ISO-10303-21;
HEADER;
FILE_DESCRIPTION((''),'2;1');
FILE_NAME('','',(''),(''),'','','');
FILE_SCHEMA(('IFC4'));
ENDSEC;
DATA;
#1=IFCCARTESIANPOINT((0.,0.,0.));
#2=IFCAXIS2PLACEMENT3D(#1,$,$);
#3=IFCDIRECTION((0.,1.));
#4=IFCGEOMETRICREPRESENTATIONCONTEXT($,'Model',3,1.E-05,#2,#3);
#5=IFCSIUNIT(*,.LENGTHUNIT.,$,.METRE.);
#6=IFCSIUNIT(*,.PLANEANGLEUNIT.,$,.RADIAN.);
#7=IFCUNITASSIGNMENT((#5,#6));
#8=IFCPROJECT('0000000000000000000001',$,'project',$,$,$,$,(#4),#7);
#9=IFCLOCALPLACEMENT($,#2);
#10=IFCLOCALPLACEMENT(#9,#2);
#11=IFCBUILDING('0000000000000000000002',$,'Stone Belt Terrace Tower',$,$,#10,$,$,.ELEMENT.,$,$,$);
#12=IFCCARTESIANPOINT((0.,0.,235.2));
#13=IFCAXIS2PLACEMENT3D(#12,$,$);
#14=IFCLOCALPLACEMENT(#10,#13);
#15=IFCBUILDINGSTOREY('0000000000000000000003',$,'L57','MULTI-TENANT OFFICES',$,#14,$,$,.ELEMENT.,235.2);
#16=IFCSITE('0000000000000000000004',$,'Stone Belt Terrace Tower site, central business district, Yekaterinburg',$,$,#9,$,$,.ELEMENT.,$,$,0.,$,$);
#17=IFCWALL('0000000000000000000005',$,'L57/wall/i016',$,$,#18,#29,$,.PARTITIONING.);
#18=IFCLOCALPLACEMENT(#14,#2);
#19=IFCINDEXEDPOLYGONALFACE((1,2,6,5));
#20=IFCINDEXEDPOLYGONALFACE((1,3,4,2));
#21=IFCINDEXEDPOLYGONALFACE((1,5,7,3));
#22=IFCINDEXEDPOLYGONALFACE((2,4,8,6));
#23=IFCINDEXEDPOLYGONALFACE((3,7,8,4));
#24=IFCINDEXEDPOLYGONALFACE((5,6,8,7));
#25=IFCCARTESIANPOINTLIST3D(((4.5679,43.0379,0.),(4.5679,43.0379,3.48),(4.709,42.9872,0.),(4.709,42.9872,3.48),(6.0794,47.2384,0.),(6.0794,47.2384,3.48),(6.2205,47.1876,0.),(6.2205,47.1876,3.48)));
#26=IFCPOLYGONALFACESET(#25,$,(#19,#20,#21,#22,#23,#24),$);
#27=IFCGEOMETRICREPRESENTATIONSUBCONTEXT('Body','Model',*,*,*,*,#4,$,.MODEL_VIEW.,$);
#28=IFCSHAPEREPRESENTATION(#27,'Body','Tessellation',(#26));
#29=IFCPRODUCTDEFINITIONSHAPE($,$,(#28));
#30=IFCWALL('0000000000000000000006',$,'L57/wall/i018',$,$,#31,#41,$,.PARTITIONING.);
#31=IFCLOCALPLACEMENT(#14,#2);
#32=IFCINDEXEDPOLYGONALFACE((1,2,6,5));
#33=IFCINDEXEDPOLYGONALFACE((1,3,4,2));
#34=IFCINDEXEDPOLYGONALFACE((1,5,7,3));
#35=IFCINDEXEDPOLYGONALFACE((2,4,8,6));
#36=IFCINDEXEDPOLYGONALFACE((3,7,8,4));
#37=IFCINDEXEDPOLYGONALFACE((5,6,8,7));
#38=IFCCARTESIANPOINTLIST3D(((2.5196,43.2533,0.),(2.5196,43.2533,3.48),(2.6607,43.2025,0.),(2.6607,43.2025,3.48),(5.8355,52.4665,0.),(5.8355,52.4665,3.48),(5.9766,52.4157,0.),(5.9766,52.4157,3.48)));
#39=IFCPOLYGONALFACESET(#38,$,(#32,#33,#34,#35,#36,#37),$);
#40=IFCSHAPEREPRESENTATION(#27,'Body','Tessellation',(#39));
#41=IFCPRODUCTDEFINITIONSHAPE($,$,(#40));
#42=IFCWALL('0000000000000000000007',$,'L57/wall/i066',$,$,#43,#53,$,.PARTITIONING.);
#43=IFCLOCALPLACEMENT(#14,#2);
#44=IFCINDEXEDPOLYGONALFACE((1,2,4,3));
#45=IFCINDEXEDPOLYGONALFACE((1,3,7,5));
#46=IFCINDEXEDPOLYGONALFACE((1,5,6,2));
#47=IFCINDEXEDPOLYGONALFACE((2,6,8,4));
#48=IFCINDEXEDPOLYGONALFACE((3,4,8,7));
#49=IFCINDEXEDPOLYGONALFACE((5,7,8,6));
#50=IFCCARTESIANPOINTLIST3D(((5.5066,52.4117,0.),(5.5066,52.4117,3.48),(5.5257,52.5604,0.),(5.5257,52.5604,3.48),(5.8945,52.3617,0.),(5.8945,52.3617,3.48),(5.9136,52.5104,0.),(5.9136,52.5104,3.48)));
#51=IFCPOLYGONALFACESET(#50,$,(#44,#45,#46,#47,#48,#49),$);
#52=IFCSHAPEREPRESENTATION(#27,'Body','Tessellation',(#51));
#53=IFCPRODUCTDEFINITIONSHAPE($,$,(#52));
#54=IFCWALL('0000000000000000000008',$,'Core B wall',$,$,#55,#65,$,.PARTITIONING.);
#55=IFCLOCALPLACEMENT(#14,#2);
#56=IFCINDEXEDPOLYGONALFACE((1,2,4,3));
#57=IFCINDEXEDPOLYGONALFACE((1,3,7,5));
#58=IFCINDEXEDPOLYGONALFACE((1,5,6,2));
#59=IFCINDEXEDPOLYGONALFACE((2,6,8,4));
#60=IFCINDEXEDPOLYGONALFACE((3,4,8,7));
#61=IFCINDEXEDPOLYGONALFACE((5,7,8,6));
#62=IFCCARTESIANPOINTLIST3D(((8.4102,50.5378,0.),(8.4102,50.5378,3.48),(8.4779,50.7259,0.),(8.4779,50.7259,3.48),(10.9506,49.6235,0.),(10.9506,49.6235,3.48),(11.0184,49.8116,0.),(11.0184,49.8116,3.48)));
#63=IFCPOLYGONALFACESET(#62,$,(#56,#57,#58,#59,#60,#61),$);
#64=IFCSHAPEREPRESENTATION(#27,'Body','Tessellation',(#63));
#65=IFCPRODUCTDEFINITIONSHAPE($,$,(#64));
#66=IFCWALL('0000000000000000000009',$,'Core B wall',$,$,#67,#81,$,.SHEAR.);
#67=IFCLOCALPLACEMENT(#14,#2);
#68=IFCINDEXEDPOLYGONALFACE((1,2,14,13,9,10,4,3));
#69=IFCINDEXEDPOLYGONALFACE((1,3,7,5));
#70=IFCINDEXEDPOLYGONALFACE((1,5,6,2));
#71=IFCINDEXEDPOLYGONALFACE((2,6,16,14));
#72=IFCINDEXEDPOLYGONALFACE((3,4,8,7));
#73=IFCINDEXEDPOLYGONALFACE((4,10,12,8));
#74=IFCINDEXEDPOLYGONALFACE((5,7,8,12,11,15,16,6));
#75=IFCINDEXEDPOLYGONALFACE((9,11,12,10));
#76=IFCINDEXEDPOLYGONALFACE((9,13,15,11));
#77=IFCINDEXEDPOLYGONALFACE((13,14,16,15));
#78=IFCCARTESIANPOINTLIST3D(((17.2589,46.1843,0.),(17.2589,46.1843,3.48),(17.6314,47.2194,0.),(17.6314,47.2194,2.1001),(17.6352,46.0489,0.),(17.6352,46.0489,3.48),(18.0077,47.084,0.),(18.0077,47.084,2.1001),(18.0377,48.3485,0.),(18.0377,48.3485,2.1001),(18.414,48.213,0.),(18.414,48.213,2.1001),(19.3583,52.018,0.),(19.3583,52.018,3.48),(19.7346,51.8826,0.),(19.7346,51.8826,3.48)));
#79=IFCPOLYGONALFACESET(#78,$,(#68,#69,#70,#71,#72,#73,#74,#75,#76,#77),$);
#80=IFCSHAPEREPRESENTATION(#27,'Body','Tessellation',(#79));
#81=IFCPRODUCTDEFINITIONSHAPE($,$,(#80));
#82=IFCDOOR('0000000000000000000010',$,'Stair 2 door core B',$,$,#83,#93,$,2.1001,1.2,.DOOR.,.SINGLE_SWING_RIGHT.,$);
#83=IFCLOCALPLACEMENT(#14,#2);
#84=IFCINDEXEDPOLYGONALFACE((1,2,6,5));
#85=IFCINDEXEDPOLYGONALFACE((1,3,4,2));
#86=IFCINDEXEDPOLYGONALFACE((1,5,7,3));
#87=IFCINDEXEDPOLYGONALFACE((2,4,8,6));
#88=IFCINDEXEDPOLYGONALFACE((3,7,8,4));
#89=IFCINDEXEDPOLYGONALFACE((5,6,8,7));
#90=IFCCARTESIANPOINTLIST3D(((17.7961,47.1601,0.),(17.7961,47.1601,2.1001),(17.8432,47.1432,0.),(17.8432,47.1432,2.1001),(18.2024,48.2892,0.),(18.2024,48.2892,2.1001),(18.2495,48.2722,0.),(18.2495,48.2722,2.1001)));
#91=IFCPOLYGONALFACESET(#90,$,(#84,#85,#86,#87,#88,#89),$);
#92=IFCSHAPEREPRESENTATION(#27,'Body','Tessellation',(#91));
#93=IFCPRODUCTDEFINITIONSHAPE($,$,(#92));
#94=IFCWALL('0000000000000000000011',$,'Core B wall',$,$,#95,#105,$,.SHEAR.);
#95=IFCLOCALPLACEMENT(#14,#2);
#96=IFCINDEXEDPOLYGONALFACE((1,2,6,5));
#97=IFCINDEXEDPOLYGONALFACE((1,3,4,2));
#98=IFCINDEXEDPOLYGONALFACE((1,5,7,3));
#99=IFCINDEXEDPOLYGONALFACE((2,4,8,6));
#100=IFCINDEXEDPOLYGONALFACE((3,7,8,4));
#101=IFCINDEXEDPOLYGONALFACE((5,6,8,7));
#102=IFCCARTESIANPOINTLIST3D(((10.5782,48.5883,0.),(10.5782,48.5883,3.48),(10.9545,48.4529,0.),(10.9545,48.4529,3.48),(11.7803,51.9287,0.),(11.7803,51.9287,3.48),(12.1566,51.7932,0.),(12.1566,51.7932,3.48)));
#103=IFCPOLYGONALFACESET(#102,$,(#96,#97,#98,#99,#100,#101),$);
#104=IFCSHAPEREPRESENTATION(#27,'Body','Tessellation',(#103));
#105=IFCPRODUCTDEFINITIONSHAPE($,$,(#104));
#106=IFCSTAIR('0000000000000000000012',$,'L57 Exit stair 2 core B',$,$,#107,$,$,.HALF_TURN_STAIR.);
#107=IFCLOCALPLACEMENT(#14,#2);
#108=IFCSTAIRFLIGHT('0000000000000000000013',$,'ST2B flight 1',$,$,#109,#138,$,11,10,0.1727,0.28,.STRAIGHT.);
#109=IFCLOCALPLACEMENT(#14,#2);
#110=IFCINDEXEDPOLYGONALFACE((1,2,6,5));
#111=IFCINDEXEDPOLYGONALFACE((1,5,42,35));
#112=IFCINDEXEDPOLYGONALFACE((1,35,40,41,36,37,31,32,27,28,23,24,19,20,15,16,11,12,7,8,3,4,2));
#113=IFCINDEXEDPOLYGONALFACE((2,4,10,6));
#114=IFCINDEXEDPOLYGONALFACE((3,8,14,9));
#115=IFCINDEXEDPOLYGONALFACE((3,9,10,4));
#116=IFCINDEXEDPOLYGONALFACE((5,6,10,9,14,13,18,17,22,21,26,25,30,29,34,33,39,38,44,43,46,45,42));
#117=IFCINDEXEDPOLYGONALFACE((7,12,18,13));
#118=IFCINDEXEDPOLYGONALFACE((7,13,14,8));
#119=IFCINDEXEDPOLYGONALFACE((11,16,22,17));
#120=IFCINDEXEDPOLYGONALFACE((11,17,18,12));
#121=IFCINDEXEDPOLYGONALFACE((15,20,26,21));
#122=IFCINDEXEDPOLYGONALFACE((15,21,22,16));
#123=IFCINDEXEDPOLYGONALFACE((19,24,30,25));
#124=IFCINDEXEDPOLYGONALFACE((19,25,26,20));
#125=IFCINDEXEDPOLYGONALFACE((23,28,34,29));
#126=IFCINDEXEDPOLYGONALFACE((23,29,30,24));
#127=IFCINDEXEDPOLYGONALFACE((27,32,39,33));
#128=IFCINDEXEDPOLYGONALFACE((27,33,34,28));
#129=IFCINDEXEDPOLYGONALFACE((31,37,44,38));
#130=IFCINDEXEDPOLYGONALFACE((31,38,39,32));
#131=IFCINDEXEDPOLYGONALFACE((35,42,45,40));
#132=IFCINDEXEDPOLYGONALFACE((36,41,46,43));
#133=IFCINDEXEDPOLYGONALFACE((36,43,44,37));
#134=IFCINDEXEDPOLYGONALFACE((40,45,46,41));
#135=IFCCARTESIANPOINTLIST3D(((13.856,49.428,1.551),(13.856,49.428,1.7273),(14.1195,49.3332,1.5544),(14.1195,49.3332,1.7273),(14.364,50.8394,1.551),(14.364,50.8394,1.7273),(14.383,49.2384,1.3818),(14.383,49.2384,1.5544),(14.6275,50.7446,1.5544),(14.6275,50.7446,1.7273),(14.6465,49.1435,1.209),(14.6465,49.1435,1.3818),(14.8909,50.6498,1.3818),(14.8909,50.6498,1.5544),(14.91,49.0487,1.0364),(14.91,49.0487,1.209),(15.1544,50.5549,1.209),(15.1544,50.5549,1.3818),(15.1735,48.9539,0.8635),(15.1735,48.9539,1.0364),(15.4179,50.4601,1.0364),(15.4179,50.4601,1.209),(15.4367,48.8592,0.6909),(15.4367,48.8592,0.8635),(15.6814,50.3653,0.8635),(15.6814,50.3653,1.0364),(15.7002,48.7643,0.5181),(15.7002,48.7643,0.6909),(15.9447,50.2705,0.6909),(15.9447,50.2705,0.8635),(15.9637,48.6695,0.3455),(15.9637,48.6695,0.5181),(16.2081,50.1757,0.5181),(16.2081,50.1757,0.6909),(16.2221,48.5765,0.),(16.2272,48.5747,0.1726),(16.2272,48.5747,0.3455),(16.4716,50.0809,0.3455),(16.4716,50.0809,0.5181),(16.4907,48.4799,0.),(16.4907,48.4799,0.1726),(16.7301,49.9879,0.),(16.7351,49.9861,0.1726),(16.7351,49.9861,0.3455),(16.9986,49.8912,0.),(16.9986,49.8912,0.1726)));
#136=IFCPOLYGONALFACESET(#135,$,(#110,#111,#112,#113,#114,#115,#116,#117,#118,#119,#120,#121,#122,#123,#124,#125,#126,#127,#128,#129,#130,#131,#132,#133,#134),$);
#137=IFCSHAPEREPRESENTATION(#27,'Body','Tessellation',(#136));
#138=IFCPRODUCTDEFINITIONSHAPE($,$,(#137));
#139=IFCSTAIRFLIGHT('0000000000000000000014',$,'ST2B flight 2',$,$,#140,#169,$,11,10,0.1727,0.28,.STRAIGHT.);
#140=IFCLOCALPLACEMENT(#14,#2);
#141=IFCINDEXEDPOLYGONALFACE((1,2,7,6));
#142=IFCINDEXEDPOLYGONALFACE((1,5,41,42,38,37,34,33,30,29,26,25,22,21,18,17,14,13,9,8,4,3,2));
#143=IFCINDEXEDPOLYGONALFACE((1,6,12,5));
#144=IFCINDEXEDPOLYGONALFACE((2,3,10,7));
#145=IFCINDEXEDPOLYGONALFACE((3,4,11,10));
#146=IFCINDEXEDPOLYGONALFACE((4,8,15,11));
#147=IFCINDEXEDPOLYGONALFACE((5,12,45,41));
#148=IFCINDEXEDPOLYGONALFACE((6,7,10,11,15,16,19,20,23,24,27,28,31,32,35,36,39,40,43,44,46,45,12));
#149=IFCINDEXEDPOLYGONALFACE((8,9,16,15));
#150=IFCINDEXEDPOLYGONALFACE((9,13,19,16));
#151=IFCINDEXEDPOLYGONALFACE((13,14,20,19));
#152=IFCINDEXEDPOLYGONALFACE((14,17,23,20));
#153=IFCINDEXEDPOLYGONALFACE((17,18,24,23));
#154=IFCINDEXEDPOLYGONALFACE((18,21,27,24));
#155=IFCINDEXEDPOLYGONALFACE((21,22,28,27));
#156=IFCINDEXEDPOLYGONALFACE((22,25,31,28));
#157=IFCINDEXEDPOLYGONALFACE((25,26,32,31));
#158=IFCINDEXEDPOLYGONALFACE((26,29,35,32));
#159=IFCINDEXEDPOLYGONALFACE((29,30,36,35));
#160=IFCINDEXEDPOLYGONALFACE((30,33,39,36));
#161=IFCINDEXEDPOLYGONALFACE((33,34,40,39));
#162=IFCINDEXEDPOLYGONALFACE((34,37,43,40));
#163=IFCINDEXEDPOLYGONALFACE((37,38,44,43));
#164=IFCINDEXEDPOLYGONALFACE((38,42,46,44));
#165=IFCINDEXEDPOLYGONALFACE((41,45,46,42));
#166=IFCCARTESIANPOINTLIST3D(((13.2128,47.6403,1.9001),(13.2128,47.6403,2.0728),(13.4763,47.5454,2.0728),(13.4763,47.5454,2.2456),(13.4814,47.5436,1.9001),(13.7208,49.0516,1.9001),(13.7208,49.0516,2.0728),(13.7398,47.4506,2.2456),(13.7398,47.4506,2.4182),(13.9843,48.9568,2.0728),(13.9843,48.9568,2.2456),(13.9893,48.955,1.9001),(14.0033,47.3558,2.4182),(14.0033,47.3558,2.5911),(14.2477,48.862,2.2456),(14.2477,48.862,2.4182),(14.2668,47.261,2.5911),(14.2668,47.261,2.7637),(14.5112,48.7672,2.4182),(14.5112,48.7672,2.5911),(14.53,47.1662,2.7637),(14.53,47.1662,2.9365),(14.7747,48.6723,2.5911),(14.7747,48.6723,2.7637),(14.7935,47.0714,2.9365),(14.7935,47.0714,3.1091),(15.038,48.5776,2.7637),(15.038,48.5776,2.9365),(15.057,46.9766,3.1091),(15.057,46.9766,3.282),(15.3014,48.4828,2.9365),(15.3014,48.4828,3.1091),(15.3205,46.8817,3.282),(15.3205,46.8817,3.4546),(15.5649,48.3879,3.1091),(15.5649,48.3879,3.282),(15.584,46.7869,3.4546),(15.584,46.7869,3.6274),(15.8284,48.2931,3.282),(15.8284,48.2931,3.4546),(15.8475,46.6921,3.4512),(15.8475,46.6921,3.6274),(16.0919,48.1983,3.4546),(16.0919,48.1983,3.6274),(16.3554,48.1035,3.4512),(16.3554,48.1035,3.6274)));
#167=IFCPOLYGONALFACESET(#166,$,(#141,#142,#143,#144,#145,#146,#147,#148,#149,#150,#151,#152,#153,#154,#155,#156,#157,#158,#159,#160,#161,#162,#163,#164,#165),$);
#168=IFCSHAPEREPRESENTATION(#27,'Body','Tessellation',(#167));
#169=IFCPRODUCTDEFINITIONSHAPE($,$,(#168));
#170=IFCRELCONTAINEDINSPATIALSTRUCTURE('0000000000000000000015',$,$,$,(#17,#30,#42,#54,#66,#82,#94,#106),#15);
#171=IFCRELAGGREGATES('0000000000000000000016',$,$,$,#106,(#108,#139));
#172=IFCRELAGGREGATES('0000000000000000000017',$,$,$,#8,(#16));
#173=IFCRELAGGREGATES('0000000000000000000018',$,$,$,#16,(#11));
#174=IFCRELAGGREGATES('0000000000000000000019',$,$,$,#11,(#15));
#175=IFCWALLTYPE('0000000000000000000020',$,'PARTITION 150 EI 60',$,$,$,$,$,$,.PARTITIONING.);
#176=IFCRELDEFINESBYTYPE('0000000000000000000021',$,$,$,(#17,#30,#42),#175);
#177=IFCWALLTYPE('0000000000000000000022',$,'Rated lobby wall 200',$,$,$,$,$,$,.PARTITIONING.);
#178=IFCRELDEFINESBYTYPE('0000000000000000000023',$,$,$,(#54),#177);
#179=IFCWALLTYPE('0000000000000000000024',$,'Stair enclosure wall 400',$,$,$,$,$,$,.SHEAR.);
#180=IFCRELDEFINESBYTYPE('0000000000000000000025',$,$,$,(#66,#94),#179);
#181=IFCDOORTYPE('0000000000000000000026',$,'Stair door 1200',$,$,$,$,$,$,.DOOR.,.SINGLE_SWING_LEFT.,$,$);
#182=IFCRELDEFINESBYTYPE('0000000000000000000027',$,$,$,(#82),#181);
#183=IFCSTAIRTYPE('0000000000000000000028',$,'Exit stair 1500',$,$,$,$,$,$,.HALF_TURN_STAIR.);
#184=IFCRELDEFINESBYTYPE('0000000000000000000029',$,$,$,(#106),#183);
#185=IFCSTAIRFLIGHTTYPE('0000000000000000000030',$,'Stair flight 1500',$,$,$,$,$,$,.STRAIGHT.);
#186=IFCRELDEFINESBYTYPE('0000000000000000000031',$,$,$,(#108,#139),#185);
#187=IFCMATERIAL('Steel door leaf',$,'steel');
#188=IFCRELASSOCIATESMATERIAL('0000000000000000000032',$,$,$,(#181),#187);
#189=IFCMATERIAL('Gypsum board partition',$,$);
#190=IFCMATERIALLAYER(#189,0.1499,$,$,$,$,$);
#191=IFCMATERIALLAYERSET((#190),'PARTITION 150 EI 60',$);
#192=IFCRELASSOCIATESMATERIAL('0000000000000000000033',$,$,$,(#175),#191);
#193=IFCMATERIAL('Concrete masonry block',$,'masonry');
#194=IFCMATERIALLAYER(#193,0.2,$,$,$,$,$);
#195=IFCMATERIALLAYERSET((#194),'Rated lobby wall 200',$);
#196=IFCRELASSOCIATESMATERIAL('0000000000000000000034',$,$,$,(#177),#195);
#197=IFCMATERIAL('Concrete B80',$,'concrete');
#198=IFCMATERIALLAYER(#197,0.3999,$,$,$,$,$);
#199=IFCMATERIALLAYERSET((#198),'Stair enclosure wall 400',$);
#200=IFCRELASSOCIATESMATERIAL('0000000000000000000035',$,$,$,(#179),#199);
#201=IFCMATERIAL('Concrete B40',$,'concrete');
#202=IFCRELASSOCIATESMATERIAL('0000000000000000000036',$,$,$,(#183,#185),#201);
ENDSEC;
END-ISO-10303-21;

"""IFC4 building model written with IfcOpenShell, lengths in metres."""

from ifc_helpers import new_model, si_unit, direction, frame, frame_2d, origin, place, context, subcontext, project, spatial, polyline, rectangle, outline, extrude, material, layer, layer_set, type_object, element, fill, aggregate, save


model = new_model("IFC4")

# Units and contexts
model_context = context("Model", 3, precision=1e-05, world=origin(), true_north=direction((0.0, 1.0)))
body_context = subcontext(model_context, "Body", "Model", "MODEL_VIEW")
ifc_project = project(units=[si_unit("LENGTHUNIT", "METRE"), si_unit("PLANEANGLEUNIT", "RADIAN")], contexts=[model_context])

# Site, building, storey
site_placement = place(None, origin())
site = spatial("IfcSite", under=ifc_project, at=site_placement, Name="Stone Belt Terrace Tower site, central business district, Yekaterinburg", CompositionType="ELEMENT", RefElevation=0.0)
building_placement = place(site_placement, origin())
building = spatial("IfcBuilding", under=site, at=building_placement, Name="Stone Belt Terrace Tower", CompositionType="ELEMENT")
storey_placement = place(building_placement, frame((0.0, 0.0, 235.2)))
storey = spatial("IfcBuildingStorey", under=building, at=storey_placement, Name="L57", Description="MULTI-TENANT OFFICES", CompositionType="ELEMENT", Elevation=235.2)

# Shared definitions
ifc_material_1 = material(Name="Steel door leaf", Category="steel")
door_type_1 = type_object("IfcDoorType", Name="Stair door 1200", OperationType="SINGLE_SWING_LEFT", PredefinedType="DOOR", material=ifc_material_1)

# Walls
ifc_material_2 = material(Name="Concrete B80", Category="concrete")
ifc_material_3 = material(Name="Gypsum board partition")
ifc_layer_1 = layer(ifc_material_3, 0.1499)
ifc_layer_set_1 = layer_set([ifc_layer_1], Name="PARTITION 150 EI 60")
wall_type_1 = type_object("IfcWallType", Name="PARTITION 150 EI 60", PredefinedType="PARTITIONING", material=ifc_layer_set_1)
wall_1_placement = place(storey_placement, frame((6.1499, 47.2129, 0.0), z_axis=(0.0, 0.0, 1.0), x_axis=(-0.338584, -0.940936, 0.0)))
element("IfcWall", 1, at=wall_1_placement, inside=storey, type_object=wall_type_1, Name="L57/wall/i016", PredefinedType="PARTITIONING", context=body_context, shape_type="SweptSolid", body=[
    extrude(rectangle(XDim=4.4641, YDim=0.1499, at=frame_2d((2.2319, 0.0))), origin(), (0.0, 0.0, 1.0), 3.48),
])
wall_2_placement = place(storey_placement, frame((2.5901, 43.2278, 0.0), z_axis=(0.0, 0.0, 1.0), x_axis=(0.338646, 0.940914, 0.0)))
element("IfcWall", 2, at=wall_2_placement, inside=storey, type_object=wall_type_1, Name="L57/wall/i018", PredefinedType="PARTITIONING", context=body_context, shape_type="SweptSolid", body=[
    extrude(rectangle(XDim=9.7917, YDim=0.1499, at=frame_2d((4.896, 0.0))), origin(), (0.0, 0.0, 1.0), 3.48),
])
wall_3_placement = place(storey_placement, frame((5.9041, 52.436, 0.0), z_axis=(0.0, 0.0, 1.0), x_axis=(-0.99178, 0.127952, 0.0)))
element("IfcWall", 3, at=wall_3_placement, inside=storey, type_object=wall_type_1, Name="L57/wall/i066", PredefinedType="PARTITIONING", context=body_context, shape_type="SweptSolid", body=[
    extrude(rectangle(XDim=0.3911, YDim=0.1499, at=frame_2d((0.1956, 0.0))), origin(), (0.0, 0.0, 1.0), 3.48),
])
ifc_material_4 = material(Name="Concrete masonry block", Category="masonry")
ifc_layer_2 = layer(ifc_material_4, 0.2)
ifc_layer_set_2 = layer_set([ifc_layer_2], Name="Rated lobby wall 200")
wall_type_2 = type_object("IfcWallType", Name="Rated lobby wall 200", PredefinedType="PARTITIONING", material=ifc_layer_set_2)
wall_4_placement = place(storey_placement, frame((10.9846, 49.7175, 0.0), z_axis=(0.0, 0.0, 1.0), x_axis=(-0.940921, 0.338627, 0.0)))
element("IfcWall", 4, at=wall_4_placement, inside=storey, type_object=wall_type_2, Name="Core B wall", PredefinedType="PARTITIONING", context=body_context, shape_type="SweptSolid", body=[
    extrude(rectangle(XDim=2.7, YDim=0.2, at=frame_2d((1.3501, 0.0))), origin(), (0.0, 0.0, 1.0), 3.48),
])

# Wall, opening, door
ifc_layer_3 = layer(ifc_material_2, 0.3999)
ifc_layer_set_3 = layer_set([ifc_layer_3], Name="Stair enclosure wall 400")
wall_type_3 = type_object("IfcWallType", Name="Stair enclosure wall 400", PredefinedType="SHEAR", material=ifc_layer_set_3)
wall_5_placement = place(storey_placement, frame((17.447, 46.1165, 0.0), z_axis=(0.0, 0.0, 1.0), x_axis=(0.338608, 0.940928, 0.0)))
wall_5 = element("IfcWall", 5, at=wall_5_placement, inside=storey, type_object=wall_type_3, Name="Core B wall", PredefinedType="SHEAR", context=body_context, shape_type="SweptSolid", body=[
    extrude(rectangle(XDim=6.2, YDim=0.3999, at=frame_2d((3.1001, 0.0))), origin(), (0.0, 0.0, 1.0), 3.48),
])
opening_1_placement = place(wall_5_placement, frame((1.1001, 0.0, 0.0)))
opening_1 = element("IfcOpeningElement", 6, at=opening_1_placement, cuts=wall_5, PredefinedType="OPENING", context=body_context, shape_type="SweptSolid", body=[
    extrude(rectangle(XDim=1.2, YDim=2.1001, at=frame_2d((0.6001, 1.05))), frame((0.0, 0.21, 0.0), z_axis=(0.0, -1.0, 0.0), x_axis=(1.0, 0.0, 0.0)), (0.0, 0.0, 1.0), 0.4199),
])
door_1_placement = place(opening_1_placement, origin())
door_1 = element("IfcDoor", 7, at=door_1_placement, inside=storey, type_object=door_type_1, Name="Stair 2 door core B", OperationType="SINGLE_SWING_RIGHT", OverallHeight=2.1001, OverallWidth=1.2, PredefinedType="DOOR", context=body_context, shape_type="SweptSolid", body=[
    extrude(rectangle(XDim=1.2, YDim=2.1001, at=frame_2d((0.6001, 1.05))), frame((0.0, 0.0249, 0.0), z_axis=(0.0, -1.0, 0.0), x_axis=(1.0, 0.0, 0.0)), (0.0, 0.0, 1.0), 0.05),
])
fill(opening_1, door_1)

# Wall
wall_6_placement = place(storey_placement, frame((10.7664, 48.5208, 0.0), z_axis=(0.0, 0.0, 1.0), x_axis=(0.338627, 0.940921, 0.0)))
element("IfcWall", 8, at=wall_6_placement, inside=storey, type_object=wall_type_3, Name="Core B wall", PredefinedType="SHEAR", context=body_context, shape_type="SweptSolid", body=[
    extrude(rectangle(XDim=3.55, YDim=0.3999, at=frame_2d((1.7749, 0.0))), origin(), (0.0, 0.0, 1.0), 3.48),
])

# Stair, stair flights
ifc_material_5 = material(Name="Concrete B40", Category="concrete")
stair_type = type_object("IfcStairType", Name="Exit stair 1500", PredefinedType="HALF_TURN_STAIR", material=ifc_material_5)
stair_placement = place(storey_placement, origin())
stair = element("IfcStair", 9, at=stair_placement, inside=storey, type_object=stair_type, Name="L57 Exit stair 2 core B", PredefinedType="HALF_TURN_STAIR")
stair_flight_type = type_object("IfcStairFlightType", Name="Stair flight 1500", PredefinedType="STRAIGHT", material=ifc_material_5)
stair_flight_1_placement = place(storey_placement, frame((16.7446, 49.1855, 0.0), z_axis=(0.0, 0.0, 1.0), x_axis=(-0.940922, 0.338624, 0.0)))
stair_flight_1 = element("IfcStairFlight", 10, at=stair_flight_1_placement, type_object=stair_flight_type, Name="ST2B flight 1", NumberOfRisers=11, NumberOfTreads=10, PredefinedType="STRAIGHT", RiserHeight=0.1727, TreadLength=0.28, context=body_context, shape_type="SweptSolid", body=[
    extrude(outline(polyline([(0.0, 0.0), (0.0, 0.1726), (0.28, 0.1726), (0.28, 0.3455), (0.5601, 0.3455), (0.5601, 0.5181), (0.8401, 0.5181), (0.8401, 0.6909), (1.1201, 0.6909), (1.1201, 0.8635), (1.3999, 0.8635), (1.3999, 1.0364), (1.6799, 1.0364), (1.6799, 1.209), (1.96, 1.209), (1.96, 1.3818), (2.24, 1.3818), (2.24, 1.5544), (2.52, 1.5544), (2.52, 1.7273), (2.8, 1.7273), (2.8, 1.8999), (2.8, 1.551), (0.2854, 0.0), (0.0, 0.0)])), frame((0.0, 0.75, 0.0), z_axis=(0.0, -1.0, 0.0), x_axis=(1.0, 0.0, 0.0)), (0.0, 0.0, 1.0), 1.5),
])
stair_flight_2_placement = place(storey_placement, frame((13.4668, 48.3459, 1.9001), z_axis=(0.0, 0.0, 1.0), x_axis=(0.940922, -0.338624, 0.0)))
stair_flight_2 = element("IfcStairFlight", 11, at=stair_flight_2_placement, type_object=stair_flight_type, Name="ST2B flight 2", NumberOfRisers=11, NumberOfTreads=10, PredefinedType="STRAIGHT", RiserHeight=0.1727, TreadLength=0.28, context=body_context, shape_type="SweptSolid", body=[
    extrude(outline(polyline([(0.0, 0.0), (0.0, 0.1726), (0.28, 0.1726), (0.28, 0.3455), (0.5601, 0.3455), (0.5601, 0.5181), (0.8401, 0.5181), (0.8401, 0.6909), (1.1201, 0.6909), (1.1201, 0.8635), (1.3999, 0.8635), (1.3999, 1.0364), (1.6799, 1.0364), (1.6799, 1.209), (1.96, 1.209), (1.96, 1.3818), (2.24, 1.3818), (2.24, 1.5544), (2.52, 1.5544), (2.52, 1.7273), (2.8, 1.7273), (2.8, 1.8999), (2.8, 1.551), (0.2854, 0.0), (0.0, 0.0)])), frame((0.0, 0.75, 0.0), z_axis=(0.0, -1.0, 0.0), x_axis=(1.0, 0.0, 0.0)), (0.0, 0.0, 1.0), 1.5),
])
aggregate(stair, [stair_flight_1, stair_flight_2])

save(model, "model.ifc")
